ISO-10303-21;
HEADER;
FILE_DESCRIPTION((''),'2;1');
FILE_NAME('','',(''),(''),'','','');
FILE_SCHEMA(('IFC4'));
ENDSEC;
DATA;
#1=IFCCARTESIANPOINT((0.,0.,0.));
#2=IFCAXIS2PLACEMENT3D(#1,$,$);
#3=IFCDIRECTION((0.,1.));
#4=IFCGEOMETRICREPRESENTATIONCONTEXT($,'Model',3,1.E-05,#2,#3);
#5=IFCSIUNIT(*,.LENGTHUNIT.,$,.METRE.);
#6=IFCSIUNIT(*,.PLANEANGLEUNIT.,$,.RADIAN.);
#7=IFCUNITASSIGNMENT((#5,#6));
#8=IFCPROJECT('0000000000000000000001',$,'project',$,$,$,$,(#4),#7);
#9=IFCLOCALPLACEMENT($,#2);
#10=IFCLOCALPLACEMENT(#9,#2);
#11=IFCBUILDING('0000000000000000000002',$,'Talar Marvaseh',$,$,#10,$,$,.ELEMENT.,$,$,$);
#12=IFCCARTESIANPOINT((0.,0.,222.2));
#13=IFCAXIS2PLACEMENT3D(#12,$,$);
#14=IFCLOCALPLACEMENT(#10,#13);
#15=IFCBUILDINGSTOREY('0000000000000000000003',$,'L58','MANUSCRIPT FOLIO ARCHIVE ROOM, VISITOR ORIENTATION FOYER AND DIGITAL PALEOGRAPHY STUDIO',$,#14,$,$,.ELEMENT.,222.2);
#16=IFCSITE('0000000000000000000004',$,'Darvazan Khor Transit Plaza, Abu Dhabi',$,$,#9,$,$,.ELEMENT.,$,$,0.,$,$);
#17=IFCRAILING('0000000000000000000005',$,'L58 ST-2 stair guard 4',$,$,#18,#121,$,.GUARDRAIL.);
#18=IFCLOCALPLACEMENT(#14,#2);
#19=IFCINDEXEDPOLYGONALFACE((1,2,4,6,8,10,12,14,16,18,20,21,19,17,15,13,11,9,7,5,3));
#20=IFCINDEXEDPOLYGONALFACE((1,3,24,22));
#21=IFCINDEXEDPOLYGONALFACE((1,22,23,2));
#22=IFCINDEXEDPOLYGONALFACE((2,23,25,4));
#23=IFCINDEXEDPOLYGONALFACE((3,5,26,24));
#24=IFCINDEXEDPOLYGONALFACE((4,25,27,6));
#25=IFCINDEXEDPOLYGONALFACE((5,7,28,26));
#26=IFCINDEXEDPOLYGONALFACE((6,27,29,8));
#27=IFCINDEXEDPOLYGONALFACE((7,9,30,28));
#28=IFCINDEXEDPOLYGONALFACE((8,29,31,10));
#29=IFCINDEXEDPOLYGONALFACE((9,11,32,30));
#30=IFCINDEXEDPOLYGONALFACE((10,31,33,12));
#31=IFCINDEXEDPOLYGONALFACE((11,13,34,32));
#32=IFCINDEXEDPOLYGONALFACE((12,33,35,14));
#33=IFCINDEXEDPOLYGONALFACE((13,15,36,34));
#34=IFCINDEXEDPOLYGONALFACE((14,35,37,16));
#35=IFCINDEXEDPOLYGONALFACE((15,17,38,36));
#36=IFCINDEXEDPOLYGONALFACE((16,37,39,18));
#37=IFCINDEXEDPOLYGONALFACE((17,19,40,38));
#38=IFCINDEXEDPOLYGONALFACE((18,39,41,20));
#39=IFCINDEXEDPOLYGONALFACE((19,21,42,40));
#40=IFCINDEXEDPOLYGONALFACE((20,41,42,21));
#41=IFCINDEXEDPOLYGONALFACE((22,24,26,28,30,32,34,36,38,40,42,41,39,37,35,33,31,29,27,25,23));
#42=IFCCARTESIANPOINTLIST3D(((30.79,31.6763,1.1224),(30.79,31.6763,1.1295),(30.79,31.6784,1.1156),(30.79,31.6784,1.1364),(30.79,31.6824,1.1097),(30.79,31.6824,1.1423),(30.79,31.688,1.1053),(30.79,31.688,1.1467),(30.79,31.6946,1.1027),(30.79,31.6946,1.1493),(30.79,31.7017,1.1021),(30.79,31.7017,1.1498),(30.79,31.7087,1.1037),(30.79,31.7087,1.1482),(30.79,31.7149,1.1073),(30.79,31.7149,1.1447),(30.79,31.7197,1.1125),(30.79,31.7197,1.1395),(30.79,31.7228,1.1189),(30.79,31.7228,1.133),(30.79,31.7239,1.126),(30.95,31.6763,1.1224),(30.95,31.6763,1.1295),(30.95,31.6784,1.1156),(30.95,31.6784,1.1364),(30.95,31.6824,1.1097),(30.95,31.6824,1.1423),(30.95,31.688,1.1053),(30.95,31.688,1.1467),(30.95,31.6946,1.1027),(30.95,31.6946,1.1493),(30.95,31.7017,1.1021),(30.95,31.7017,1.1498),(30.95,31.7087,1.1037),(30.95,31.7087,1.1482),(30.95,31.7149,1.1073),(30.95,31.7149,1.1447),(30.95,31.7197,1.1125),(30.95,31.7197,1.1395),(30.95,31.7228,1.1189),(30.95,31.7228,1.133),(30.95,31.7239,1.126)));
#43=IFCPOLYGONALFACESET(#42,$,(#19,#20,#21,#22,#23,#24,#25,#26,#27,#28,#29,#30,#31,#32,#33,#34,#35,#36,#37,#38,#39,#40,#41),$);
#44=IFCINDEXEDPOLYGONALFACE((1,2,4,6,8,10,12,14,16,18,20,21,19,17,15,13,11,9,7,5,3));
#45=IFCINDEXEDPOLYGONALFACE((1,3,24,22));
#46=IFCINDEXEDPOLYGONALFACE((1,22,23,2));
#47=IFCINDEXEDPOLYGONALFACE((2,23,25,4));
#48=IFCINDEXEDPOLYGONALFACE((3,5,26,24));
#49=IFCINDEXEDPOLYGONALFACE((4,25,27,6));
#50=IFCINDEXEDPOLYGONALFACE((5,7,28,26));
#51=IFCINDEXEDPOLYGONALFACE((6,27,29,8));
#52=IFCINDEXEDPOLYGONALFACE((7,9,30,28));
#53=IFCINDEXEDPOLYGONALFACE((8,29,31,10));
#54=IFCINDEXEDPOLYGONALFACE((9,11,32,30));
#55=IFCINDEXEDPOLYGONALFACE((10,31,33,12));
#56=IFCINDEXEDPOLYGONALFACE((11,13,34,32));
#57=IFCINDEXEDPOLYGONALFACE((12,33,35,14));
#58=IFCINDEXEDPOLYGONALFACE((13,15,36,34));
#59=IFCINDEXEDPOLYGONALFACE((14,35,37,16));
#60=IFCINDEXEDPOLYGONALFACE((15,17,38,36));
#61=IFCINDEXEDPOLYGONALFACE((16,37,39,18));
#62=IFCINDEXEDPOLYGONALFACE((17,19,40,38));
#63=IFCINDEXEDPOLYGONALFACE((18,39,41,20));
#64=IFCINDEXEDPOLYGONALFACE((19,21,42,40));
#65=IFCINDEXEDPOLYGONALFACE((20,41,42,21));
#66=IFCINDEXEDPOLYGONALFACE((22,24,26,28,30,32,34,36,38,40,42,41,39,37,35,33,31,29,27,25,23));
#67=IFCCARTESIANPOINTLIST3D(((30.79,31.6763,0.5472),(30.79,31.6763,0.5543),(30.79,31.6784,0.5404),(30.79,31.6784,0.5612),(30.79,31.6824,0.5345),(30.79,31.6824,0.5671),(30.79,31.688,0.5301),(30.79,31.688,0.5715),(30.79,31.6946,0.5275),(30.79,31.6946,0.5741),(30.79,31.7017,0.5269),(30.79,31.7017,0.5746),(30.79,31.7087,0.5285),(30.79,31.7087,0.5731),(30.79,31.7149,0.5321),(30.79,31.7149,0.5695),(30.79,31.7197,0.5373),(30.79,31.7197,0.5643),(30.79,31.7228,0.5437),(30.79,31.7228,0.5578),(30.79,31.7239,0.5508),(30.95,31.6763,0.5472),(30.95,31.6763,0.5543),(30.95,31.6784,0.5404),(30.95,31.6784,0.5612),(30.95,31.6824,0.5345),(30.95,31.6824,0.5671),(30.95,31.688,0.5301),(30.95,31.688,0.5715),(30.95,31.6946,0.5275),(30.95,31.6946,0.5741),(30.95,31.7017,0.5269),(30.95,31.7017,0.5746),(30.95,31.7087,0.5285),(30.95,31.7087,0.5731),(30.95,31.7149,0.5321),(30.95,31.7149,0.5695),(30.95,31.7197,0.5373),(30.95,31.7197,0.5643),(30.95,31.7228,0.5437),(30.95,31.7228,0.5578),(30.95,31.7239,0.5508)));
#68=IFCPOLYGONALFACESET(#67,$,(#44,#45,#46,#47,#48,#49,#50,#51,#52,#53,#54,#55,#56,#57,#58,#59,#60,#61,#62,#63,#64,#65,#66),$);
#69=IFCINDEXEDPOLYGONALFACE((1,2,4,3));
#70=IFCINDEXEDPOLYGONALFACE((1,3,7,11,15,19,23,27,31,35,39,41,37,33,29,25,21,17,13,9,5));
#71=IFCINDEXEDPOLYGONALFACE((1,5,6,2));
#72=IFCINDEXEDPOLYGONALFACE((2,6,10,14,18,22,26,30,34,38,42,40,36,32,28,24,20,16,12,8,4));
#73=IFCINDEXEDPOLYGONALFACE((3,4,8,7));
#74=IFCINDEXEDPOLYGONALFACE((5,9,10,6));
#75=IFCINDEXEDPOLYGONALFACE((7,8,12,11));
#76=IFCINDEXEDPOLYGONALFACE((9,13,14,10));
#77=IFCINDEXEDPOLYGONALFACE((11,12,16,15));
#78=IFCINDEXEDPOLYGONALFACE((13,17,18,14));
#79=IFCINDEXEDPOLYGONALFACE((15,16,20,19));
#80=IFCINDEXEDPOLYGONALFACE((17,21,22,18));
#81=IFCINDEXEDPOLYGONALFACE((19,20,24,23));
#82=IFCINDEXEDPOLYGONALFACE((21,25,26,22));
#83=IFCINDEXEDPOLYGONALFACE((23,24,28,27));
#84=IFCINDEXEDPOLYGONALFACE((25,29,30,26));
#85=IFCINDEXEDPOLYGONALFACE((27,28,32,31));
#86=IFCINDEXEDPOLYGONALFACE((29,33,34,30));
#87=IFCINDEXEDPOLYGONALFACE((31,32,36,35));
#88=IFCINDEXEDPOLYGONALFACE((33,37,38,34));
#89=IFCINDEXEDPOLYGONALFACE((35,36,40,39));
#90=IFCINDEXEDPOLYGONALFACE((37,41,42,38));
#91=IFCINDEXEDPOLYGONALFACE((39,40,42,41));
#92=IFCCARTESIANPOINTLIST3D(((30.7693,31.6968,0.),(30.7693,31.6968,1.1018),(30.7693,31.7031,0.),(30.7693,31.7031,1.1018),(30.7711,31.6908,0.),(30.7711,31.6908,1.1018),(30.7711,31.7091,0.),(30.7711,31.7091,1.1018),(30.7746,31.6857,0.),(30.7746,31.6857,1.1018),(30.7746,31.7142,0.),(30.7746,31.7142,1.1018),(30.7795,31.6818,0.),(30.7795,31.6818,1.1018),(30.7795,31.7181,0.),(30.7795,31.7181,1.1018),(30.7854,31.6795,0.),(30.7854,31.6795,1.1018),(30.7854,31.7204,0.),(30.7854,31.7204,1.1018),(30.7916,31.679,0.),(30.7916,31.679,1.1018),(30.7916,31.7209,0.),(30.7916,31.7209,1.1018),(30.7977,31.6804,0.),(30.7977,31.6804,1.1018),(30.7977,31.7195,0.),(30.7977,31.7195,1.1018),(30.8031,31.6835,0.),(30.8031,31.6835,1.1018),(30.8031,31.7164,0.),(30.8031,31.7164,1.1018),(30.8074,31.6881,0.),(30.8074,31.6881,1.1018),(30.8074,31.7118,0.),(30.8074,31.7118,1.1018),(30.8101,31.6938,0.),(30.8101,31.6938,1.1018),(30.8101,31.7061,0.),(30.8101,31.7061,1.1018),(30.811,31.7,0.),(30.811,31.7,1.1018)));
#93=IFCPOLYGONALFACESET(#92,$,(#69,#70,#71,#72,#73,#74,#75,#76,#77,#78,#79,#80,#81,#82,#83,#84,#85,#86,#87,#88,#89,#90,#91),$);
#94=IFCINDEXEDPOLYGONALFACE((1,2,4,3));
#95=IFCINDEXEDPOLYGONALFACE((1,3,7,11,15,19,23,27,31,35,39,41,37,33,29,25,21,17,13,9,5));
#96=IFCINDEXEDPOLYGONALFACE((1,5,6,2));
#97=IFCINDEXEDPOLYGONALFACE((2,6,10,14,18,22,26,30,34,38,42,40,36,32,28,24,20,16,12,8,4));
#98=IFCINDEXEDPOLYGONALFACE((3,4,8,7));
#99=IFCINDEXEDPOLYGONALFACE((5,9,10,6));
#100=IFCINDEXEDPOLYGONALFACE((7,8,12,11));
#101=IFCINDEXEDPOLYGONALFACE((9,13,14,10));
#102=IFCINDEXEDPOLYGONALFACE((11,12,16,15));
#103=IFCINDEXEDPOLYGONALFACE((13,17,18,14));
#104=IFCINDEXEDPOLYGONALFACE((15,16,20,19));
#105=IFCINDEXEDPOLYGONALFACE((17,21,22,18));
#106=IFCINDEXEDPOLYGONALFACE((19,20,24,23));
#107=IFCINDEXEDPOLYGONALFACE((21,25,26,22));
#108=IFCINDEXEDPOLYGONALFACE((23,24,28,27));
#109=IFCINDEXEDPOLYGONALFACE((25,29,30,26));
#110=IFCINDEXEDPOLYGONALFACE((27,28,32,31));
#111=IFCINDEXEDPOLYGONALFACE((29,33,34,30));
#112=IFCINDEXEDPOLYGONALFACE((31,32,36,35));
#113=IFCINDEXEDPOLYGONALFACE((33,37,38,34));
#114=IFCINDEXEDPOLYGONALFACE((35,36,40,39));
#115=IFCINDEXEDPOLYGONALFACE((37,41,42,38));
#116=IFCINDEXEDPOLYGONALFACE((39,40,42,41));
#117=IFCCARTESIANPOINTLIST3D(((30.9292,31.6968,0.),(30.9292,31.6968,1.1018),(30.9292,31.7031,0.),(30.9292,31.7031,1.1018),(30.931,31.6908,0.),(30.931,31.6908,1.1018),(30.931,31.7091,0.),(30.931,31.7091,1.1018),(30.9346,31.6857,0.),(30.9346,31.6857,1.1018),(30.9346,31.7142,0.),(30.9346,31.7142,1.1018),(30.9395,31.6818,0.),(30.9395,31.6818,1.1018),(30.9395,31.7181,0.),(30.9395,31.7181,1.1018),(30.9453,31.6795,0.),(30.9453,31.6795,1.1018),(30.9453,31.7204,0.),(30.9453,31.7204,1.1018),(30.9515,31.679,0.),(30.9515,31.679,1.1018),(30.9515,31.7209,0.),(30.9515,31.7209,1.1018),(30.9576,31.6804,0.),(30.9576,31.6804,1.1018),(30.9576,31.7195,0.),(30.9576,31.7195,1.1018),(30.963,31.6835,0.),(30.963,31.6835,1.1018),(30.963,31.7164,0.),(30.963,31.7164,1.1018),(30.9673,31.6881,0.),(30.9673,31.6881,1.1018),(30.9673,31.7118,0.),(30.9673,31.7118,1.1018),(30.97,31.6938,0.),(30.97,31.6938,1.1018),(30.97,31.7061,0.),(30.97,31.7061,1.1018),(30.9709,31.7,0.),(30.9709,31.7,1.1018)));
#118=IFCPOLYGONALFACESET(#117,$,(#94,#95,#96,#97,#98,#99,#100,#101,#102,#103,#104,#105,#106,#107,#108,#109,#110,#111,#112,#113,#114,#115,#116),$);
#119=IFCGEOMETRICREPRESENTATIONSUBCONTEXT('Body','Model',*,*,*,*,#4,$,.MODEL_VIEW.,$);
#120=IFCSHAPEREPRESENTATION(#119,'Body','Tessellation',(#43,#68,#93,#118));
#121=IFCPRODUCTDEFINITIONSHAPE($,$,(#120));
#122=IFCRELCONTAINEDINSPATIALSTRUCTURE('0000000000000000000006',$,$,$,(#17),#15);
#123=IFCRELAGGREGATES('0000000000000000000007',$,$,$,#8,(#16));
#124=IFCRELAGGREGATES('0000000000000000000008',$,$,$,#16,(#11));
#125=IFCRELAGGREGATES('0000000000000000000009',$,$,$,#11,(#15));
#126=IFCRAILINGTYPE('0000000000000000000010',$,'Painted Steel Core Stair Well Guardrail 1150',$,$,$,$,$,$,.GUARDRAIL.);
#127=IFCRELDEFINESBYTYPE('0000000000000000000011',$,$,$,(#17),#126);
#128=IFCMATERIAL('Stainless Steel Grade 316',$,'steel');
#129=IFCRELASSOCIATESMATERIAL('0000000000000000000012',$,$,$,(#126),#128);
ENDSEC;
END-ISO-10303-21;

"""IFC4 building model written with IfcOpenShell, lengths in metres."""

from ifc_helpers import new_model, si_unit, direction, frame, origin, origin_2d, place, context, subcontext, project, spatial, circle, extrude, material, type_object, element, save


model = new_model("IFC4")

# Units and contexts
model_context = context("Model", 3, precision=1e-05, world=origin(), true_north=direction((0.0, 1.0)))
body_context = subcontext(model_context, "Body", "Model", "MODEL_VIEW")
ifc_project = project(units=[si_unit("LENGTHUNIT", "METRE"), si_unit("PLANEANGLEUNIT", "RADIAN")], contexts=[model_context])

# Site, building, storey
site_placement = place(None, origin())
site = spatial("IfcSite", under=ifc_project, at=site_placement, Name="Darvazan Khor Transit Plaza, Abu Dhabi", CompositionType="ELEMENT", RefElevation=0.0)
building_placement = place(site_placement, origin())
building = spatial("IfcBuilding", under=site, at=building_placement, Name="Talar Marvaseh", CompositionType="ELEMENT")
storey_placement = place(building_placement, frame((0.0, 0.0, 222.2)))
storey = spatial("IfcBuildingStorey", under=building, at=storey_placement, Name="L58", Description="MANUSCRIPT FOLIO ARCHIVE ROOM, VISITOR ORIENTATION FOYER AND DIGITAL PALEOGRAPHY STUDIO", CompositionType="ELEMENT", Elevation=222.2)

# Shared definitions
ifc_material_1 = material(Name="Stainless Steel Grade 316", Category="steel")

# Railing
railing_type_1 = type_object("IfcRailingType", Name="Painted Steel Core Stair Well Guardrail 1150", PredefinedType="GUARDRAIL", material=ifc_material_1)
railing_1_placement = place(storey_placement, frame((30.79, 31.7, 0.0)))
element("IfcRailing", 1, at=railing_1_placement, inside=storey, type_object=railing_type_1, Name="L58 ST-2 stair guard 4", PredefinedType="GUARDRAIL", context=body_context, shape_type="SweptSolid", body=[
    extrude(circle(Radius=0.0239, at=origin_2d()), frame((0.0, 0.0, 1.126), z_axis=(1.0, 0.0, 0.0), x_axis=(0.0, 1.0, 0.0)), (0.0, 0.0, 1.0), 0.1599),
    extrude(circle(Radius=0.0239, at=origin_2d()), frame((0.0, 0.0, 0.5508), z_axis=(1.0, 0.0, 0.0), x_axis=(0.0, 1.0, 0.0)), (0.0, 0.0, 1.0), 0.1599),
    extrude(circle(Radius=0.021, at=origin_2d()), origin(), (0.0, 0.0, 1.0), 1.1018),
    extrude(circle(Radius=0.021, at=origin_2d()), frame((0.1599, 0.0, 0.0)), (0.0, 0.0, 1.0), 1.1018),
])

save(model, "model.ifc")
